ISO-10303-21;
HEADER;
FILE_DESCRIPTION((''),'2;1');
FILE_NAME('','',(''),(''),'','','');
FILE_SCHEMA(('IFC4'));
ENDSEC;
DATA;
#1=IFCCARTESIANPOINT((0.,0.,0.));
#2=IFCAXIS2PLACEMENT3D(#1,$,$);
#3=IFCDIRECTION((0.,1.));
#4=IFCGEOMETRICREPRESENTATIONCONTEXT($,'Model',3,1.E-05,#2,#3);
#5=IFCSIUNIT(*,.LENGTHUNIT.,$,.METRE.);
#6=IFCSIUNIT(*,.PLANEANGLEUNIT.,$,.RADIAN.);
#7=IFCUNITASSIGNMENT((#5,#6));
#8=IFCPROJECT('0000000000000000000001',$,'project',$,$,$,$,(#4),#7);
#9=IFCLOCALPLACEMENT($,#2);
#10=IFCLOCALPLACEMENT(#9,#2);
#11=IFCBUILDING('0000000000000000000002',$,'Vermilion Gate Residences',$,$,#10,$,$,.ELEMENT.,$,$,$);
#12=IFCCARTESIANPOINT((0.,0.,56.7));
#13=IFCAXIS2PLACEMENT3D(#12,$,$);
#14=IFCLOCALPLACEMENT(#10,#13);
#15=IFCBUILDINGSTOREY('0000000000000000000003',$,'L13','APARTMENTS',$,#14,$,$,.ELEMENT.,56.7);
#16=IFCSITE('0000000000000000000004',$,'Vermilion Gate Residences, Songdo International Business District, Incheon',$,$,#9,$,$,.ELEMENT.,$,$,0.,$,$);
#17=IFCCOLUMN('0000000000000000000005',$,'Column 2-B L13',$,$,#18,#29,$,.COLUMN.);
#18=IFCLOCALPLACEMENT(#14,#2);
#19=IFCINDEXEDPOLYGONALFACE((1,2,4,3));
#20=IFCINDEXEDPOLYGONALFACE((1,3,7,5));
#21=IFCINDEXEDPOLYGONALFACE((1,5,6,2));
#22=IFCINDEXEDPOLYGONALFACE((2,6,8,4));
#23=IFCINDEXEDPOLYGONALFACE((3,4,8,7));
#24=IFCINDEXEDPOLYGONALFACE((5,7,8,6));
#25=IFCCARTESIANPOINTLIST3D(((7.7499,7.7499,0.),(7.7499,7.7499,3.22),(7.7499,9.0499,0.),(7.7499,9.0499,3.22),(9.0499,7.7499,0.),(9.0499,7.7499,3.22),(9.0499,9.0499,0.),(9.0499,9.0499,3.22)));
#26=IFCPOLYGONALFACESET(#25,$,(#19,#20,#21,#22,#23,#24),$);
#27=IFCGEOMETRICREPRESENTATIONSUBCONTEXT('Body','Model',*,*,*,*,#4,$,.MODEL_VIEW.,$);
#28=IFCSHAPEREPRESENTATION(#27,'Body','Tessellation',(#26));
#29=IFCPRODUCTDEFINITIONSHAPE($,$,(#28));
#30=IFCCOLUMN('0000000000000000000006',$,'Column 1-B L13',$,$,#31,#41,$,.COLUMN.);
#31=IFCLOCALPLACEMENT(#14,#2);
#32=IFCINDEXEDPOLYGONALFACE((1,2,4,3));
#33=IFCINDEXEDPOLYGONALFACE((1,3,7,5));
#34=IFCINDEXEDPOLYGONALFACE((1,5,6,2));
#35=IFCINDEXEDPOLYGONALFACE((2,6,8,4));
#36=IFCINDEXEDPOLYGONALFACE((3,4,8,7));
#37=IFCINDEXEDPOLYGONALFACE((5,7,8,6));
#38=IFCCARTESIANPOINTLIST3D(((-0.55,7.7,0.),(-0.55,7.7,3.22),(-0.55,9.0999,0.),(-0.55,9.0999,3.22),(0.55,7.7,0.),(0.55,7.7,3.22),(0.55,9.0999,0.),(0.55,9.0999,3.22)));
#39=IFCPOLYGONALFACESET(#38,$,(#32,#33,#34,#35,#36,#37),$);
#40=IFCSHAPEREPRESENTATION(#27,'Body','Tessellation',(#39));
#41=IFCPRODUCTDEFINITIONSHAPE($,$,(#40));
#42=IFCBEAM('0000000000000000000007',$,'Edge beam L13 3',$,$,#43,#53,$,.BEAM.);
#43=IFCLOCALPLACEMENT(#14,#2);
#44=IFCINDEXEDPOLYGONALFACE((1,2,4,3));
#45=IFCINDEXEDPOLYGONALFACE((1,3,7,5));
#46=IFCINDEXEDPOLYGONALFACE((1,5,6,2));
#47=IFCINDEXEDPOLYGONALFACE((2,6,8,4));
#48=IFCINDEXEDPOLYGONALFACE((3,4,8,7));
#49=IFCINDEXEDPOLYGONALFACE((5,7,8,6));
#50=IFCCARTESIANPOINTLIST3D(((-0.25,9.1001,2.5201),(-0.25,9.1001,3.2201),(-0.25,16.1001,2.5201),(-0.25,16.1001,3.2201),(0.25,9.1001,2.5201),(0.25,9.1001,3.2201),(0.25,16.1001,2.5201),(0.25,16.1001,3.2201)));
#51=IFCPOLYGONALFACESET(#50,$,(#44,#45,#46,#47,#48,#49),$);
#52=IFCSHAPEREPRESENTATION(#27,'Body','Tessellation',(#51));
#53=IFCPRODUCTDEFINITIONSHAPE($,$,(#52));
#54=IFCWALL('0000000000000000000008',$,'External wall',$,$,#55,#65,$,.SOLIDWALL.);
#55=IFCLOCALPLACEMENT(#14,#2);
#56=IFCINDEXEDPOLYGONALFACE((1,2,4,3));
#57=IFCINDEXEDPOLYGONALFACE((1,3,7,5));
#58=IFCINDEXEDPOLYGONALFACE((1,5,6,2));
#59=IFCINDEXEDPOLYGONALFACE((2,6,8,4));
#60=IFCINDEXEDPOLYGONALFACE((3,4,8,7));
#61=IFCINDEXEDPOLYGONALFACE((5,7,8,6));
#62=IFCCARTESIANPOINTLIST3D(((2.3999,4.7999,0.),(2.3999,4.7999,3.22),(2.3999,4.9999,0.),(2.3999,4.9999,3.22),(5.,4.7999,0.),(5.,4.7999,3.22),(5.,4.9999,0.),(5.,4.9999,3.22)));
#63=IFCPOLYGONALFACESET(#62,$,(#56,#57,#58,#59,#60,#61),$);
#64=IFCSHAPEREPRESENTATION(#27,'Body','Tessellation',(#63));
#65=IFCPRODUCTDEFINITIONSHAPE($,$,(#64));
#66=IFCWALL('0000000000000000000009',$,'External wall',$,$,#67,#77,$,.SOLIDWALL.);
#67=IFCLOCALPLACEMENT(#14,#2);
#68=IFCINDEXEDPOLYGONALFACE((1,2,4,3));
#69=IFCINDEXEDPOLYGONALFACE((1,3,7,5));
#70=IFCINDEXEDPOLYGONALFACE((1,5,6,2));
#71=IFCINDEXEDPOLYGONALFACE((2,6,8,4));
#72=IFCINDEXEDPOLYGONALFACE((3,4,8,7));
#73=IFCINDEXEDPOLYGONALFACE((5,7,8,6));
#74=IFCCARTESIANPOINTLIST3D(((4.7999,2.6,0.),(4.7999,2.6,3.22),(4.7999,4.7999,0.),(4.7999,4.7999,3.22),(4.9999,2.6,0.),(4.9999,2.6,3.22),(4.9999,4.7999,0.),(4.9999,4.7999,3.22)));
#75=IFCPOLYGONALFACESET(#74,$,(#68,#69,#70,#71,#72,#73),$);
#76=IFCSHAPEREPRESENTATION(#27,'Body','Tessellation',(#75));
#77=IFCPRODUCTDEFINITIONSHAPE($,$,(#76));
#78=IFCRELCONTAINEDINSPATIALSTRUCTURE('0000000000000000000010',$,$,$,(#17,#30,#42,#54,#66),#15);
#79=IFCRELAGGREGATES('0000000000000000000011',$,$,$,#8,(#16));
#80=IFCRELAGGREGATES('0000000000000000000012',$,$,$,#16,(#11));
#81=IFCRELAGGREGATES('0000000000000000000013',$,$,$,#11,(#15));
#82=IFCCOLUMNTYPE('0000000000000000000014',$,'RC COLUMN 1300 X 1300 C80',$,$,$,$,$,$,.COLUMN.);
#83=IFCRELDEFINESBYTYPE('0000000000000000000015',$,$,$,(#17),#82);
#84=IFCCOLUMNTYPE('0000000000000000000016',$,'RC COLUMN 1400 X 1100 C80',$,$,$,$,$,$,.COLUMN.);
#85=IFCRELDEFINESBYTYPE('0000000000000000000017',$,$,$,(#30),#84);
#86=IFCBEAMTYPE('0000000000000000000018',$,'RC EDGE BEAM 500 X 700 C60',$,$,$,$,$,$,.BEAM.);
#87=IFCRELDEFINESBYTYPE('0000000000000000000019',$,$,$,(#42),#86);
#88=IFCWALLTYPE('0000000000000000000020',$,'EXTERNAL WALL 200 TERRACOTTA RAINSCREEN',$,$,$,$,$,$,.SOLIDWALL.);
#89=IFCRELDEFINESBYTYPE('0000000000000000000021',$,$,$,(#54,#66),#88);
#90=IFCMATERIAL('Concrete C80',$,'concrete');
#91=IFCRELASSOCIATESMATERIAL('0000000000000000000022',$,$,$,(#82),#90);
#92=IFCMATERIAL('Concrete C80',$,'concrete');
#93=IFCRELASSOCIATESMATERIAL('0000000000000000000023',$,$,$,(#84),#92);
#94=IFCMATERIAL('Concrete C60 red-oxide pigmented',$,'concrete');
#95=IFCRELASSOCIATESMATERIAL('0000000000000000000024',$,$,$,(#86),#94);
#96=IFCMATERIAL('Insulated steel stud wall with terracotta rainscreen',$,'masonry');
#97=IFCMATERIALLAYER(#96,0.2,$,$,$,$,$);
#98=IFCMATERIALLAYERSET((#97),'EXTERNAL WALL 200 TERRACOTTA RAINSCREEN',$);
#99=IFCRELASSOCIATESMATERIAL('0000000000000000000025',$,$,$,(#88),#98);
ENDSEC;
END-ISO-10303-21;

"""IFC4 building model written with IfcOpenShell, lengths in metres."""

from ifc_helpers import new_model, si_unit, direction, frame, frame_2d, origin, origin_2d, place, context, subcontext, project, spatial, rectangle, extrude, material, layer, layer_set, material_profile, profile_set, type_object, element, save


model = new_model("IFC4")

# Units and contexts
model_context = context("Model", 3, precision=1e-05, world=origin(), true_north=direction((0.0, 1.0)))
body_context = subcontext(model_context, "Body", "Model", "MODEL_VIEW")
ifc_project = project(units=[si_unit("LENGTHUNIT", "METRE"), si_unit("PLANEANGLEUNIT", "RADIAN")], contexts=[model_context])

# Site, building, storey
site_placement = place(None, origin())
site = spatial("IfcSite", under=ifc_project, at=site_placement, Name="Vermilion Gate Residences, Songdo International Business District, Incheon", CompositionType="ELEMENT", RefElevation=0.0)
building_placement = place(site_placement, origin())
building = spatial("IfcBuilding", under=site, at=building_placement, Name="Vermilion Gate Residences", CompositionType="ELEMENT")
storey_placement = place(building_placement, frame((0.0, 0.0, 56.7)))
storey = spatial("IfcBuildingStorey", under=building, at=storey_placement, Name="L13", Description="APARTMENTS", CompositionType="ELEMENT", Elevation=56.7)

# Columns
ifc_material_1 = material(Name="Concrete C80", Category="concrete")
ifc_material_profile_1 = material_profile(ifc_material_1, rectangle(XDim=1.3, YDim=1.3, at=origin_2d()), Name="RC-1300x1300")
ifc_profile_set_1 = profile_set([ifc_material_profile_1], Name="Concrete C80")
column_type_1 = type_object("IfcColumnType", Name="RC COLUMN 1300 X 1300 C80", PredefinedType="COLUMN", material=ifc_profile_set_1)
column_1_placement = place(storey_placement, frame((8.3999, 8.3999, 0.0), z_axis=(0.0, 0.0, 1.0), x_axis=(1.0, 0.0, 0.0)))
element("IfcColumn", 1, at=column_1_placement, inside=storey, type_object=column_type_1, Name="Column 2-B L13", PredefinedType="COLUMN", context=body_context, shape_type="SweptSolid", body=[
    extrude(rectangle(XDim=1.3, YDim=1.3, at=origin_2d()), origin(), (0.0, 0.0, 1.0), 3.22),
])
ifc_material_2 = material(Name="Concrete C80", Category="concrete")
ifc_material_profile_2 = material_profile(ifc_material_2, rectangle(XDim=1.3999, YDim=1.1001, at=origin_2d()), Name="RC-1400x1100")
ifc_profile_set_2 = profile_set([ifc_material_profile_2], Name="Concrete C80")
column_type_2 = type_object("IfcColumnType", Name="RC COLUMN 1400 X 1100 C80", PredefinedType="COLUMN", material=ifc_profile_set_2)
column_2_placement = place(storey_placement, frame((0.0, 8.3999, 0.0), z_axis=(0.0, 0.0, 1.0), x_axis=(0.0, 1.0, 0.0)))
element("IfcColumn", 2, at=column_2_placement, inside=storey, type_object=column_type_2, Name="Column 1-B L13", PredefinedType="COLUMN", context=body_context, shape_type="SweptSolid", body=[
    extrude(rectangle(XDim=1.3999, YDim=1.1001, at=origin_2d()), origin(), (0.0, 0.0, 1.0), 3.22),
])

# Beam
ifc_material_3 = material(Name="Concrete C60 red-oxide pigmented", Category="concrete")
ifc_material_profile_3 = material_profile(ifc_material_3, rectangle(XDim=0.5, YDim=0.7, at=origin_2d()), Name="RC-500x700")
ifc_profile_set_3 = profile_set([ifc_material_profile_3], Name="Concrete C60 red-oxide pigmented")
beam_type = type_object("IfcBeamType", Name="RC EDGE BEAM 500 X 700 C60", PredefinedType="BEAM", material=ifc_profile_set_3)
beam_placement = place(storey_placement, frame((0.0, 9.1001, 2.8701), z_axis=(0.0, 1.0, 0.0), x_axis=(-1.0, 0.0, 0.0)))
element("IfcBeam", 3, at=beam_placement, inside=storey, type_object=beam_type, Name="Edge beam L13 3", PredefinedType="BEAM", context=body_context, shape_type="SweptSolid", body=[
    extrude(rectangle(XDim=0.5, YDim=0.7, at=origin_2d()), origin(), (0.0, 0.0, 1.0), 7.0),
])

# Walls
ifc_material_4 = material(Name="Insulated steel stud wall with terracotta rainscreen", Category="masonry")
ifc_layer_1 = layer(ifc_material_4, 0.2)
ifc_layer_set_1 = layer_set([ifc_layer_1], Name="EXTERNAL WALL 200 TERRACOTTA RAINSCREEN")
wall_type_1 = type_object("IfcWallType", Name="EXTERNAL WALL 200 TERRACOTTA RAINSCREEN", PredefinedType="SOLIDWALL", material=ifc_layer_set_1)
wall_1_placement = place(storey_placement, frame((2.3999, 4.8999, 0.0), z_axis=(0.0, 0.0, 1.0), x_axis=(1.0, 0.0, 0.0)))
element("IfcWall", 4, at=wall_1_placement, inside=storey, type_object=wall_type_1, Name="External wall", PredefinedType="SOLIDWALL", context=body_context, shape_type="SweptSolid", body=[
    extrude(rectangle(XDim=2.6001, YDim=0.2, at=frame_2d((1.3, 0.0))), origin(), (0.0, 0.0, 1.0), 3.22),
])
wall_2_placement = place(storey_placement, frame((4.8999, 4.8, 0.0), z_axis=(0.0, 0.0, 1.0), x_axis=(0.0, -1.0, 0.0)))
element("IfcWall", 5, at=wall_2_placement, inside=storey, type_object=wall_type_1, Name="External wall", PredefinedType="SOLIDWALL", context=body_context, shape_type="SweptSolid", body=[
    extrude(rectangle(XDim=2.2, YDim=0.2, at=frame_2d((1.1001, 0.0))), origin(), (0.0, 0.0, 1.0), 3.22),
])

save(model, "model.ifc")
